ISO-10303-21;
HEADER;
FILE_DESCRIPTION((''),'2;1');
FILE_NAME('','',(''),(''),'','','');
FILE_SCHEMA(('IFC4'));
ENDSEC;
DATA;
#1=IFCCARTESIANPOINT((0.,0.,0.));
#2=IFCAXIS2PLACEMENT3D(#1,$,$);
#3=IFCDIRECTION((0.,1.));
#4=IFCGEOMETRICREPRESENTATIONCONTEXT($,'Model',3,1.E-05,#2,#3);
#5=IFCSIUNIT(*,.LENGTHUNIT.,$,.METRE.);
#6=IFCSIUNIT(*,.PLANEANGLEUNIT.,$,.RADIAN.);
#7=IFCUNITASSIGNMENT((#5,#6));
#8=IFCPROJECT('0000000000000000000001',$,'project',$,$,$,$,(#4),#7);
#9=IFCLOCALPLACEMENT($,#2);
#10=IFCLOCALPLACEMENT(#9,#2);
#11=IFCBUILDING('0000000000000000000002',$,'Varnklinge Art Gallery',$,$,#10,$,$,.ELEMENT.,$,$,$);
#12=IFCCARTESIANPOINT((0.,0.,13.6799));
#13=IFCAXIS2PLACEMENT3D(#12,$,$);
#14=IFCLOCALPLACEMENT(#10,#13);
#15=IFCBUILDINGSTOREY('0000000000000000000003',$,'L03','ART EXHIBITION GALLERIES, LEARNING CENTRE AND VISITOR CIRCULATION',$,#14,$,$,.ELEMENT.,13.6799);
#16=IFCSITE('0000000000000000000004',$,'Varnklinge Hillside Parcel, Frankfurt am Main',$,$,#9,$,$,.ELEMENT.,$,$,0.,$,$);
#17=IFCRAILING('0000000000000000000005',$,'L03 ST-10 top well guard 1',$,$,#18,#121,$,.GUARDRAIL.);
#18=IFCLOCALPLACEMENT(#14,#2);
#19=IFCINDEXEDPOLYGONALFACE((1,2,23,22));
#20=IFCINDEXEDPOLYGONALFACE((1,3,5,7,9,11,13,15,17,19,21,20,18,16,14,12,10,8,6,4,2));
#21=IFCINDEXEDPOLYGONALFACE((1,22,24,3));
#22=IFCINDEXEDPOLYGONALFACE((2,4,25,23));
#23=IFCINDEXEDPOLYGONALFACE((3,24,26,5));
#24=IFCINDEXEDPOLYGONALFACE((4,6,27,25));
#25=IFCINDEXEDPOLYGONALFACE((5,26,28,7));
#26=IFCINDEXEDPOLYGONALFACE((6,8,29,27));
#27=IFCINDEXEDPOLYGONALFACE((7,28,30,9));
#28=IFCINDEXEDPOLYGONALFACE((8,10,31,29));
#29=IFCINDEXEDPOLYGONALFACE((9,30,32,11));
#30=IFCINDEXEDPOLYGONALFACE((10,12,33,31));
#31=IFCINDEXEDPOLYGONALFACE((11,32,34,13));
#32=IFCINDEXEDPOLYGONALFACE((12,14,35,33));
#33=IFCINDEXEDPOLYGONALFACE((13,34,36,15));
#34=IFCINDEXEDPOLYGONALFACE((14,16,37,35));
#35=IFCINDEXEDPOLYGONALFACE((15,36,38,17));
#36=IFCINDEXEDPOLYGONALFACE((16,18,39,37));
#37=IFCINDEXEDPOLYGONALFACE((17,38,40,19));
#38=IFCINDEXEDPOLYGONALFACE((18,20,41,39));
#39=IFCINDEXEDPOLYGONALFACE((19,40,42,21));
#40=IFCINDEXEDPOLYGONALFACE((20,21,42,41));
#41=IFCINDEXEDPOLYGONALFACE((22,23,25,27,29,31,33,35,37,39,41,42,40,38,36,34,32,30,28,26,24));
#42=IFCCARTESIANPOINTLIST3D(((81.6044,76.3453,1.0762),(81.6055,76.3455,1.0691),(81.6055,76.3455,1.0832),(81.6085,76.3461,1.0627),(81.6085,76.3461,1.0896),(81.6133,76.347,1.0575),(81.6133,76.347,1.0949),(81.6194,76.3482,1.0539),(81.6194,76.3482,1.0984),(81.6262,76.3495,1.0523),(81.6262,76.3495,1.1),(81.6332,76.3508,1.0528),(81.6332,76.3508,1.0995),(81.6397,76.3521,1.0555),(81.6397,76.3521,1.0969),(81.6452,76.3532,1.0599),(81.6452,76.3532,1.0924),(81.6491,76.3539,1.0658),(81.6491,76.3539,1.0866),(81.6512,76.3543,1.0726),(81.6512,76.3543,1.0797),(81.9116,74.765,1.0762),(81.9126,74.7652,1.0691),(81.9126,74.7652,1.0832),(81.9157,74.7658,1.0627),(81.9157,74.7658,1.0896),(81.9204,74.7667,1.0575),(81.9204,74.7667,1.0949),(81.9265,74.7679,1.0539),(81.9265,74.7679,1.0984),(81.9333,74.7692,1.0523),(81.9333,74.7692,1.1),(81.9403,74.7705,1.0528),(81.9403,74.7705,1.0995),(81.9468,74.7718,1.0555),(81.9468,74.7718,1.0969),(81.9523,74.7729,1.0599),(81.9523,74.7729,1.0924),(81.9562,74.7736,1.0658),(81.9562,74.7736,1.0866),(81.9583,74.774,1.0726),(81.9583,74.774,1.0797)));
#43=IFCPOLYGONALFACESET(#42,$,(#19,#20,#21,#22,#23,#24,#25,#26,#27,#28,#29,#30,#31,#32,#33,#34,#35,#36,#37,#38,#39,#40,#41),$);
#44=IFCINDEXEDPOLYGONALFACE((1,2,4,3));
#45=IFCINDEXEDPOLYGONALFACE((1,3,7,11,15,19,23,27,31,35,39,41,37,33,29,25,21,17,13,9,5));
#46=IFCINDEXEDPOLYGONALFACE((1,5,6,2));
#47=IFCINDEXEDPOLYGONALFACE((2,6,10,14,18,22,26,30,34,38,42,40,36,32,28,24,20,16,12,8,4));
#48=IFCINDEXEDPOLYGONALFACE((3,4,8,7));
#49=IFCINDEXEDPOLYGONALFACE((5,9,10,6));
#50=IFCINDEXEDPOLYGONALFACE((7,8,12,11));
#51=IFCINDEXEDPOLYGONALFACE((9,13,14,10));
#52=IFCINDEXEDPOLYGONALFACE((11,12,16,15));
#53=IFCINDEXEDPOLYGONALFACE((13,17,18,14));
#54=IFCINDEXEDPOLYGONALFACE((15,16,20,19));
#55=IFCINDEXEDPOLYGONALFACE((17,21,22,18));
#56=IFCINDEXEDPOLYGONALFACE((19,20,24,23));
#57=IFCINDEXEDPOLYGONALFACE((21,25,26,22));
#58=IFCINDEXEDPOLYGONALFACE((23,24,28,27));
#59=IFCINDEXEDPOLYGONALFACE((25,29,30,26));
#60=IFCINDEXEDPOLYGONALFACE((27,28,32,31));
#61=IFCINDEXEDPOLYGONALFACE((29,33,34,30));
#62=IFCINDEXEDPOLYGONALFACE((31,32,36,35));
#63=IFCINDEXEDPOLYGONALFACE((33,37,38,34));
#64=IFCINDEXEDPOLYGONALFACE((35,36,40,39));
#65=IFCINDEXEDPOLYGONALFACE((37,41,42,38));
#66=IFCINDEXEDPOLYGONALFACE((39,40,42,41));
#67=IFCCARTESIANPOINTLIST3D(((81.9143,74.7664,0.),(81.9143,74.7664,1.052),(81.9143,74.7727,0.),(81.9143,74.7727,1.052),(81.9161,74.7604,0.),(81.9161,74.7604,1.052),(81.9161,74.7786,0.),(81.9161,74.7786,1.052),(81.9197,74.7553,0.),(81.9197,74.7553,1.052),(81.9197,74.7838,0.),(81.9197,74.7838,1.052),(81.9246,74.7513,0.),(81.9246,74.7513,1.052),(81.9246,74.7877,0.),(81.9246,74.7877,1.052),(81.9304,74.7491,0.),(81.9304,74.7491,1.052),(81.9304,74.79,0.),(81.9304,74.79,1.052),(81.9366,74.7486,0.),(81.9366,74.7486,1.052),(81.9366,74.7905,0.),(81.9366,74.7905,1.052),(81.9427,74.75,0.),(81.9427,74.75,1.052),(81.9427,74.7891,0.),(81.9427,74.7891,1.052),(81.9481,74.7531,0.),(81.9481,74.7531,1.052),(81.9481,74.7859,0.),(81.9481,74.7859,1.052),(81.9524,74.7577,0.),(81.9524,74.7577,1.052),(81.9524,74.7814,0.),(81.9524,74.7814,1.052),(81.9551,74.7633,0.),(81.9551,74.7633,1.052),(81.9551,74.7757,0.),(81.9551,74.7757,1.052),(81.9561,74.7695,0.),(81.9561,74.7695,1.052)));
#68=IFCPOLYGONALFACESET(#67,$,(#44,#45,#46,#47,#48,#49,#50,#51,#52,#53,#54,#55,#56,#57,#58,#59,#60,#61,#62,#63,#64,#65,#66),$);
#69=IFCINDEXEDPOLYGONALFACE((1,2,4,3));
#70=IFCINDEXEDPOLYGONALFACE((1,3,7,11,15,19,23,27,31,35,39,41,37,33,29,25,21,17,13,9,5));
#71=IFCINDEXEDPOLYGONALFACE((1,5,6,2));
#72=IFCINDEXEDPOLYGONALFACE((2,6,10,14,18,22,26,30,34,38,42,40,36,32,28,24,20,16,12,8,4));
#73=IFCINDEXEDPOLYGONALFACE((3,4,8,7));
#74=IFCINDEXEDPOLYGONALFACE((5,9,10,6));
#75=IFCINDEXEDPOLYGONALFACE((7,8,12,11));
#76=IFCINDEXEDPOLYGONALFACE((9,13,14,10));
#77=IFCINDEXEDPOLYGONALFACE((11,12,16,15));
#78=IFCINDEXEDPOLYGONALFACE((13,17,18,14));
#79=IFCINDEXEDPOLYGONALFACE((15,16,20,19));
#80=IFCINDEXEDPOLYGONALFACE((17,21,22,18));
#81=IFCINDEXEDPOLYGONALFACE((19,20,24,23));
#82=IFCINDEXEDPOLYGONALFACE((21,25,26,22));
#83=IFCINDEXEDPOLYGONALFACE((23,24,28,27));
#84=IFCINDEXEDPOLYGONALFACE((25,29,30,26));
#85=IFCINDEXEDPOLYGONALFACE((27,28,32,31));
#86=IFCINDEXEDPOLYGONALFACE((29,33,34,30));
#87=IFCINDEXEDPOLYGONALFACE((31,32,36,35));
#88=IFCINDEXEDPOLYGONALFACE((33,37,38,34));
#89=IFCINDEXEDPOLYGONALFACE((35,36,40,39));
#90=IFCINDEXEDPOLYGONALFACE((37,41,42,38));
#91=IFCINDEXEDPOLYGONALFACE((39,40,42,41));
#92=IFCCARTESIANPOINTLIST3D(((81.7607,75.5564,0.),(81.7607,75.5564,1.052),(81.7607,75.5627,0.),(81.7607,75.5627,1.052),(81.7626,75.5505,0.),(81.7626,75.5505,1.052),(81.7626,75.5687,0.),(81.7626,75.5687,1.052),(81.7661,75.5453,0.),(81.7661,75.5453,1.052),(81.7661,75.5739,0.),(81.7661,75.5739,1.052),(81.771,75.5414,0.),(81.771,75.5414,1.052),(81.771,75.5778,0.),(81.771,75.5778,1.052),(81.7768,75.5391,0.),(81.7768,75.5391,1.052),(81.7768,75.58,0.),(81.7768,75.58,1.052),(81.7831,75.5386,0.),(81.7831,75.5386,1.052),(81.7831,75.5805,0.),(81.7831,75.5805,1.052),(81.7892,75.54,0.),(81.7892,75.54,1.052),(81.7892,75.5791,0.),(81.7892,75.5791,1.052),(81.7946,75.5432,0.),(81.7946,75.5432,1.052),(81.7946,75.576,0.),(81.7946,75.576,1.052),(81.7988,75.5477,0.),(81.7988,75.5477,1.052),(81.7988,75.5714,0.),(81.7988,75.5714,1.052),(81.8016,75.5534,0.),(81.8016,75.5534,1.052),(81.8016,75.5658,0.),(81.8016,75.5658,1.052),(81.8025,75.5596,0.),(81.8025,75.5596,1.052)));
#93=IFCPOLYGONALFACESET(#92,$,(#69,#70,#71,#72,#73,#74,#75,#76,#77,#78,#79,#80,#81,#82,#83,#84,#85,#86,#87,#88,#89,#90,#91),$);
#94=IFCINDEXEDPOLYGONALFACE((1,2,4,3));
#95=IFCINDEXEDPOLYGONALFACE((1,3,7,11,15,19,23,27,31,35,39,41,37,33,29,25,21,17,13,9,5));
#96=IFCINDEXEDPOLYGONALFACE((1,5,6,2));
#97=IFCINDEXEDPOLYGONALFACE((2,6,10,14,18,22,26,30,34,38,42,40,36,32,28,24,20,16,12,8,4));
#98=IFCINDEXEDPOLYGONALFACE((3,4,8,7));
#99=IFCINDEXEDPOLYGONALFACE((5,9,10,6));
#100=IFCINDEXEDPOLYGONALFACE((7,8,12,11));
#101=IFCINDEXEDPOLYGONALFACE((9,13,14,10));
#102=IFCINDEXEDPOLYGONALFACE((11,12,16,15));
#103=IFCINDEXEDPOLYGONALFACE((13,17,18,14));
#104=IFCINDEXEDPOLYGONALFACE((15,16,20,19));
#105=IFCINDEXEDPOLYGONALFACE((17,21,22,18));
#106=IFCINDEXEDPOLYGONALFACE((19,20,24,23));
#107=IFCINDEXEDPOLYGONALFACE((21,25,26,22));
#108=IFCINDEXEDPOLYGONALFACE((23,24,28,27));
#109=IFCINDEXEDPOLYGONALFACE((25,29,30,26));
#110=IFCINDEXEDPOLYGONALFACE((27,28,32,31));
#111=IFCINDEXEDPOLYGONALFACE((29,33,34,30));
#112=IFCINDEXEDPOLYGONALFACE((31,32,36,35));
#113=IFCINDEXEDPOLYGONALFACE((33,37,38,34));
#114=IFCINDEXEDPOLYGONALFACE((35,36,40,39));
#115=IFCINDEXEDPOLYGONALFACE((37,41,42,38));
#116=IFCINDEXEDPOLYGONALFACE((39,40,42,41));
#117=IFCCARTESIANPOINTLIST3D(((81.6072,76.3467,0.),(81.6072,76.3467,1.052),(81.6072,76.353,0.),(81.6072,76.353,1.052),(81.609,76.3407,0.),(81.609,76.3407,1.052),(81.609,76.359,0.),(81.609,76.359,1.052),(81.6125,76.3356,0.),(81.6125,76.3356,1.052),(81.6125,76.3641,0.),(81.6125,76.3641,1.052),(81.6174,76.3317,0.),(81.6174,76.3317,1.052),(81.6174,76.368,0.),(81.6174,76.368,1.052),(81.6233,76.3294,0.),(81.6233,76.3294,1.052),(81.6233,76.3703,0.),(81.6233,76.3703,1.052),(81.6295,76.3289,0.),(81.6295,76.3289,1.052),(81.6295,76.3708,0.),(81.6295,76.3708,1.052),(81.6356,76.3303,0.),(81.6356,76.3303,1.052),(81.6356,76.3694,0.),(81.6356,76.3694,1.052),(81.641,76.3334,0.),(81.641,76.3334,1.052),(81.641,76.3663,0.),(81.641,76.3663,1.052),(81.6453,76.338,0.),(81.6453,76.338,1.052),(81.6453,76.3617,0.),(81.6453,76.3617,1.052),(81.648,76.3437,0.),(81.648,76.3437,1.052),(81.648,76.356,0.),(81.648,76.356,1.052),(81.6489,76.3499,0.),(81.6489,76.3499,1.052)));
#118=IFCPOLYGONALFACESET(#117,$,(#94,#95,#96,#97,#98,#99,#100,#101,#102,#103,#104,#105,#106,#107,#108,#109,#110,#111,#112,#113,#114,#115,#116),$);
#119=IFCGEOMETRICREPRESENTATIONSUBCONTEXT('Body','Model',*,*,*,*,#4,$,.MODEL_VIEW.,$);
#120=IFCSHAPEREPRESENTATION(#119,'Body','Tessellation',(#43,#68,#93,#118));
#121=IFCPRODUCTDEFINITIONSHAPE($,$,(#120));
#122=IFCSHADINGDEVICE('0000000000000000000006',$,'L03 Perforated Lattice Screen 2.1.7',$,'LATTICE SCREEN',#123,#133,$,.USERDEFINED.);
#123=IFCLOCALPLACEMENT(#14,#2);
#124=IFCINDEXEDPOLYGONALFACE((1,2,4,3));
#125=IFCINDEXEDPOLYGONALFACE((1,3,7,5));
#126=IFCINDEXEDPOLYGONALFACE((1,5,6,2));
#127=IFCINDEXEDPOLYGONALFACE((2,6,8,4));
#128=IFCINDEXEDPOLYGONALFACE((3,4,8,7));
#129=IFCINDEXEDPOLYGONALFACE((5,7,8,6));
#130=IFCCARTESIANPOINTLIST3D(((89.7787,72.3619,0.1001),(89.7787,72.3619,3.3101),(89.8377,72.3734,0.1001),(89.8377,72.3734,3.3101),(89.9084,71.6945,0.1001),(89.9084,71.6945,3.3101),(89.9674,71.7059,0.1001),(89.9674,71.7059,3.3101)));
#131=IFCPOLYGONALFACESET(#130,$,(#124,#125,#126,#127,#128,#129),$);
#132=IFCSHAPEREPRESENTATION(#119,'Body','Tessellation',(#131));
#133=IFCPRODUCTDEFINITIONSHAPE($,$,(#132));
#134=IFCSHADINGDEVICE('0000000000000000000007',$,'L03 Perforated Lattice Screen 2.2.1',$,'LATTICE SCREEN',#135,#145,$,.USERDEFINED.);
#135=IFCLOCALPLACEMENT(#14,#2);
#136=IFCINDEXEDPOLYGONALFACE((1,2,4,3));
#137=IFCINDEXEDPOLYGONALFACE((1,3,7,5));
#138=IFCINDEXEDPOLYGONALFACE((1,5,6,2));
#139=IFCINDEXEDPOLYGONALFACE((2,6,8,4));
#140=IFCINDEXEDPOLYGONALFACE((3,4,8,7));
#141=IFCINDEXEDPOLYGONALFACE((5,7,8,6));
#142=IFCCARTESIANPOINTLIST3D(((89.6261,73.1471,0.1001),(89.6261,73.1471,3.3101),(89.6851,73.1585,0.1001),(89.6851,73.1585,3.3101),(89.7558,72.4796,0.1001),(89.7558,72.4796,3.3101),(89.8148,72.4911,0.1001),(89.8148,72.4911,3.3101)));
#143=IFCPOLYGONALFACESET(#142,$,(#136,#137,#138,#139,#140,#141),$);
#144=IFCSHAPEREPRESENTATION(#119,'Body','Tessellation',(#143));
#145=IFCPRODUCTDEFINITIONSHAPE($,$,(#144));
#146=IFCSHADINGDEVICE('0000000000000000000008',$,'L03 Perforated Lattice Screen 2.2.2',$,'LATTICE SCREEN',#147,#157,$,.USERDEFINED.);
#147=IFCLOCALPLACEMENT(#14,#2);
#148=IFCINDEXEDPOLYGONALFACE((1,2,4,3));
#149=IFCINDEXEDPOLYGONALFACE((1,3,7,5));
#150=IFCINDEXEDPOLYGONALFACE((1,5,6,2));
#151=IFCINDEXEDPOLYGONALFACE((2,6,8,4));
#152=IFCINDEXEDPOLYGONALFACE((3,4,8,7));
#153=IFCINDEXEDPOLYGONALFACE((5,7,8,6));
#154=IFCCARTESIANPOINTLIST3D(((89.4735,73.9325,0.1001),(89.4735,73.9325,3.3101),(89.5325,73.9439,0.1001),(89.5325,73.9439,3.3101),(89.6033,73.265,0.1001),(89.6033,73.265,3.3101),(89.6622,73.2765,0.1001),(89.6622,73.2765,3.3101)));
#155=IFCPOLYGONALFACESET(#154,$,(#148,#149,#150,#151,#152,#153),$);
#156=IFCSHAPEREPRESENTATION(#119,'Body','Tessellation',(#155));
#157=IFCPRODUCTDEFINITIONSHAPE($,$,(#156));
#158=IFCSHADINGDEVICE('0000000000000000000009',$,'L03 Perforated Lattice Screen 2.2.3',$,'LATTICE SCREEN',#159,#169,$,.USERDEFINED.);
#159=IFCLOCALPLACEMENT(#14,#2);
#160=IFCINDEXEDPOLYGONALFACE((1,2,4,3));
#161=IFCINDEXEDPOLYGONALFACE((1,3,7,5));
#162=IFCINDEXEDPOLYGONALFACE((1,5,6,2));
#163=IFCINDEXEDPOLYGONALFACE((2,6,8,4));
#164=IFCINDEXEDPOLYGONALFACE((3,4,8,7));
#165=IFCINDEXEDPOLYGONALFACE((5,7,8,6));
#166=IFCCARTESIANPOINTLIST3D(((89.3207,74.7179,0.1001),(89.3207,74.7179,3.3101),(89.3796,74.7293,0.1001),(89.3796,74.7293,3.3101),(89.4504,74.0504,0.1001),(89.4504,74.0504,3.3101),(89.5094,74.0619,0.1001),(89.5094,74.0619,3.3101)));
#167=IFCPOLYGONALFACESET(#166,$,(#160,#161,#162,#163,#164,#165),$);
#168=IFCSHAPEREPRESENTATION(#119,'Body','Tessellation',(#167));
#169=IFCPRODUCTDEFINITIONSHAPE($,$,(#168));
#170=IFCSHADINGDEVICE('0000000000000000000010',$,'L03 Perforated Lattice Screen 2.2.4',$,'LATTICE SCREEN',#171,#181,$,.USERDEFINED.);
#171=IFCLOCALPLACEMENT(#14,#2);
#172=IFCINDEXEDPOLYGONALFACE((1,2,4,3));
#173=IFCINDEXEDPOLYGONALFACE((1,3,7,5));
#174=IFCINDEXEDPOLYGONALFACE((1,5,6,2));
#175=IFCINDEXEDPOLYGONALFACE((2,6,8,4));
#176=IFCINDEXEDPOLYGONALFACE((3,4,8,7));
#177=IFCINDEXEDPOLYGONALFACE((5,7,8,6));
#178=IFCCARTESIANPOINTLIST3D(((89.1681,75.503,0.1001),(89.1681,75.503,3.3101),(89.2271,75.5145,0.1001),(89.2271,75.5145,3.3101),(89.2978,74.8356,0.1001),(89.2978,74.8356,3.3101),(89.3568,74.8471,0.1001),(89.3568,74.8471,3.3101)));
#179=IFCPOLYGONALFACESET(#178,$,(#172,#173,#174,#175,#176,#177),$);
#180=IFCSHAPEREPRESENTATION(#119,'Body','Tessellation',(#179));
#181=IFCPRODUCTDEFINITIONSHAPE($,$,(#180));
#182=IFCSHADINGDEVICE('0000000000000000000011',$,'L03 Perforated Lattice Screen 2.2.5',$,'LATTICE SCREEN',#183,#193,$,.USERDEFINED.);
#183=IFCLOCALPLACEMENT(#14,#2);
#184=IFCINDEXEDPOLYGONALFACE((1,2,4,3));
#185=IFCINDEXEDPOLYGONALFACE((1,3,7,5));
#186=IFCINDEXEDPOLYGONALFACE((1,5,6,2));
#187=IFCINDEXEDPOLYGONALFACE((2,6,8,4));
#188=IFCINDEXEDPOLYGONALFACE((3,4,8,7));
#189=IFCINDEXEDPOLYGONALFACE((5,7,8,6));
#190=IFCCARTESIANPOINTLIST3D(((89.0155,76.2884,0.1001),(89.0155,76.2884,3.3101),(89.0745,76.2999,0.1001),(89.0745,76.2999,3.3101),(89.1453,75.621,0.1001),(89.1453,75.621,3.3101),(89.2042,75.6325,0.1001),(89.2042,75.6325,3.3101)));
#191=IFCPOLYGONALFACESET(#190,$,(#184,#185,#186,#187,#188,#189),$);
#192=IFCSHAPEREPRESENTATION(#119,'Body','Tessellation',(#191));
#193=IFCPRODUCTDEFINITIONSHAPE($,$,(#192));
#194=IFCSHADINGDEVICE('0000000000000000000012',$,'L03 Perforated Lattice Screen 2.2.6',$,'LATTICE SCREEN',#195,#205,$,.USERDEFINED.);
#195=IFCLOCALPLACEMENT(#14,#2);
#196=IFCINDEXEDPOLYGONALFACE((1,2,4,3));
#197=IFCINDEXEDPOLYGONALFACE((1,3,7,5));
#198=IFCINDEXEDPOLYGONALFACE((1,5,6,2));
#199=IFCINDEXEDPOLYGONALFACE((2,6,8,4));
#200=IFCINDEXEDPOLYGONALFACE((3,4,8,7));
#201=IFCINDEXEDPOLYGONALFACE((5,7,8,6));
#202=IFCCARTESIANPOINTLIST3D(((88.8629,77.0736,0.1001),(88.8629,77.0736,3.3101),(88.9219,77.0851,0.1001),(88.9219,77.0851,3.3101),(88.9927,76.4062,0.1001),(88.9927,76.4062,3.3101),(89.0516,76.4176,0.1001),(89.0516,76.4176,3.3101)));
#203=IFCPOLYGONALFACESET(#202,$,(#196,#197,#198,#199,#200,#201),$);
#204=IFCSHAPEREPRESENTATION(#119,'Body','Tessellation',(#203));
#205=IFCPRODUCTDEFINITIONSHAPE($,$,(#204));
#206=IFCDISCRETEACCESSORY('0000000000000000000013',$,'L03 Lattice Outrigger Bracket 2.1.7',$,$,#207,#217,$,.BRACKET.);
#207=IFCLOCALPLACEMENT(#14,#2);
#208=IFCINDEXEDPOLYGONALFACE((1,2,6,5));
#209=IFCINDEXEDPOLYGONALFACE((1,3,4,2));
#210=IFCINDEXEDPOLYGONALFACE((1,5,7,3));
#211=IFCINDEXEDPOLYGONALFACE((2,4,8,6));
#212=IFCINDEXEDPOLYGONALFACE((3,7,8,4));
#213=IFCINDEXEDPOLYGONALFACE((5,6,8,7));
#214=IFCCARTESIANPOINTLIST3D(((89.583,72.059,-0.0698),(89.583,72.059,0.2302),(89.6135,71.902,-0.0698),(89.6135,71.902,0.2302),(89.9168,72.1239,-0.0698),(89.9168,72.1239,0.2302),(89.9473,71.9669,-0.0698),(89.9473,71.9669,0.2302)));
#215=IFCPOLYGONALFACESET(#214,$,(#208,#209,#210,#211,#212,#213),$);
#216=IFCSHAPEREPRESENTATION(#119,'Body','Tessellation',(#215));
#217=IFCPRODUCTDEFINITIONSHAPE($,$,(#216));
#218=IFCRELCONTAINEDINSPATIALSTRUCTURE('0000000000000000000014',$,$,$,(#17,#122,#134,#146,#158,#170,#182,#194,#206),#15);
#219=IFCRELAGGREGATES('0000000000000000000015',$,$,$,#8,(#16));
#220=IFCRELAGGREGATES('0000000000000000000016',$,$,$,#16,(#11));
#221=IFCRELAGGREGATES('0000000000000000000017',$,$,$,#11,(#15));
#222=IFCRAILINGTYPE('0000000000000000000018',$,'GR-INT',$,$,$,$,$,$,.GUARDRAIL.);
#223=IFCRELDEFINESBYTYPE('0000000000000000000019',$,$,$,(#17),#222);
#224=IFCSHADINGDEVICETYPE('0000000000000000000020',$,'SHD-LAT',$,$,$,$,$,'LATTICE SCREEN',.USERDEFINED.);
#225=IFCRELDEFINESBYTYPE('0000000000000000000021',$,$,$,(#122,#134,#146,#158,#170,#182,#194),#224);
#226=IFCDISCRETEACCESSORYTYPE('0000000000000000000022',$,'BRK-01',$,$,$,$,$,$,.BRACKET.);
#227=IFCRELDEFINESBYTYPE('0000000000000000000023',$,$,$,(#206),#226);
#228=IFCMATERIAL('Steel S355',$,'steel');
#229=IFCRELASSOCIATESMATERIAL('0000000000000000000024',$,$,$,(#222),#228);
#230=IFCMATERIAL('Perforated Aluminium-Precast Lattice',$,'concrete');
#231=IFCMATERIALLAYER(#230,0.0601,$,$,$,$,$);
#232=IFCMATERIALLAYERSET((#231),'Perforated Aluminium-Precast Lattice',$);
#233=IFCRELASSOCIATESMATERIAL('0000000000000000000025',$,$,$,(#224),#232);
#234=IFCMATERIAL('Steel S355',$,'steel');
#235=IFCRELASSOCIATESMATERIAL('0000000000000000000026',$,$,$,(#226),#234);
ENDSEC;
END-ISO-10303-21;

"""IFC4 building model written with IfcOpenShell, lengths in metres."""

from ifc_helpers import new_model, si_unit, direction, frame, origin, origin_2d, place, context, subcontext, project, spatial, rectangle, circle, extrude, material, layer, layer_set, type_object, element, save


model = new_model("IFC4")

# Units and contexts
model_context = context("Model", 3, precision=1e-05, world=origin(), true_north=direction((0.0, 1.0)))
body_context = subcontext(model_context, "Body", "Model", "MODEL_VIEW")
ifc_project = project(units=[si_unit("LENGTHUNIT", "METRE"), si_unit("PLANEANGLEUNIT", "RADIAN")], contexts=[model_context])

# Site, building, storey
site_placement = place(None, origin())
site = spatial("IfcSite", under=ifc_project, at=site_placement, Name="Varnklinge Hillside Parcel, Frankfurt am Main", CompositionType="ELEMENT", RefElevation=0.0)
building_placement = place(site_placement, origin())
building = spatial("IfcBuilding", under=site, at=building_placement, Name="Varnklinge Art Gallery", CompositionType="ELEMENT")
storey_placement = place(building_placement, frame((0.0, 0.0, 13.6799)))
storey = spatial("IfcBuildingStorey", under=building, at=storey_placement, Name="L03", Description="ART EXHIBITION GALLERIES, LEARNING CENTRE AND VISITOR CIRCULATION", CompositionType="ELEMENT", Elevation=13.6799)

# Railing
ifc_material_1 = material(Name="Steel S355", Category="steel")
railing_type = type_object("IfcRailingType", Name="GR-INT", PredefinedType="GUARDRAIL", material=ifc_material_1)
railing_placement = place(storey_placement, frame((81.9351, 74.7695, 0.0)))
element("IfcRailing", 1, at=railing_placement, inside=storey, type_object=railing_type, Name="L03 ST-10 top well guard 1", PredefinedType="GUARDRAIL", context=body_context, shape_type="SweptSolid", body=[
    extrude(circle(Radius=0.0239, at=origin_2d()), frame((0.0, 0.0, 1.0762), z_axis=(-0.190776, 0.981634, 0.0), x_axis=(-0.981634, -0.190776, 0.0)), (0.0, 0.0, 1.0), 1.6099),
    extrude(circle(Radius=0.021, at=origin_2d()), origin(), (0.0, 0.0, 1.0), 1.052),
    extrude(circle(Radius=0.021, at=origin_2d()), frame((-0.1536, 0.79, 0.0)), (0.0, 0.0, 1.0), 1.052),
    extrude(circle(Radius=0.021, at=origin_2d()), frame((-0.3071, 1.5803, 0.0)), (0.0, 0.0, 1.0), 1.052),
])

# Shading devices
ifc_material_2 = material(Name="Perforated Aluminium-Precast Lattice", Category="concrete")
ifc_layer_1 = layer(ifc_material_2, 0.0601)
ifc_layer_set_1 = layer_set([ifc_layer_1], Name="Perforated Aluminium-Precast Lattice")
shading_device_type = type_object("IfcShadingDeviceType", Name="SHD-LAT", ElementType="LATTICE SCREEN", PredefinedType="USERDEFINED", material=ifc_layer_set_1)
for number, where, z_axis, x_axis, name in (
    (2, (89.873, 72.0339, 0.1001), (0.0, 0.0, 1.0), (-0.190809, 0.981627, 0.0), "L03 Perforated Lattice Screen 2.1.7"),
    (3, (89.7205, 72.8191, 0.1001), (0.0, 0.0, 1.0), (-0.190809, 0.981627, 0.0), "L03 Perforated Lattice Screen 2.2.1"),
    (4, (89.5679, 73.6045, 0.1001), (0.0, 0.0, 1.0), (-0.190809, 0.981627, 0.0), "L03 Perforated Lattice Screen 2.2.2"),
    (5, (89.415, 74.3899, 0.1001), (0.0, 0.0, 1.0), (-0.190809, 0.981627, 0.0), "L03 Perforated Lattice Screen 2.2.3"),
    (6, (89.2625, 75.175, 0.1001), (0.0, 0.0, 1.0), (-0.190809, 0.981627, 0.0), "L03 Perforated Lattice Screen 2.2.4"),
    (7, (89.1099, 75.9604, 0.1001), (0.0, 0.0, 1.0), (-0.190809, 0.981627, 0.0), "L03 Perforated Lattice Screen 2.2.5"),
    (8, (88.9573, 76.7456, 0.1001), (0.0, 0.0, 1.0), (-0.190809, 0.981627, 0.0), "L03 Perforated Lattice Screen 2.2.6"),
):
    element("IfcShadingDevice", number, at=place(storey_placement, frame(where, z_axis=z_axis, x_axis=x_axis)), inside=storey, type_object=shading_device_type, Name=name, ObjectType="LATTICE SCREEN", PredefinedType="USERDEFINED", context=body_context, shape_type="SweptSolid", body=[
        extrude(rectangle(XDim=0.6799, YDim=0.0601, at=origin_2d()), origin(), (0.0, 0.0, 1.0), 3.21),
    ])

# Discrete accessory
ifc_material_3 = material(Name="Steel S355", Category="steel")
discrete_accessory_type = type_object("IfcDiscreteAccessoryType", Name="BRK-01", PredefinedType="BRACKET", material=ifc_material_3)
for number, where, z_axis, x_axis, name in (
    (9, (89.7651, 72.0129, -0.0698), (0.0, 0.0, 1.0), (-0.190809, 0.981627, 0.0), "L03 Lattice Outrigger Bracket 2.1.7"),
):
    element("IfcDiscreteAccessory", number, at=place(storey_placement, frame(where, z_axis=z_axis, x_axis=x_axis)), inside=storey, type_object=discrete_accessory_type, Name=name, PredefinedType="BRACKET", context=body_context, shape_type="SweptSolid", body=[
        extrude(rectangle(XDim=0.1599, YDim=0.3401, at=origin_2d()), origin(), (0.0, 0.0, 1.0), 0.3),
    ])

save(model, "model.ifc")
